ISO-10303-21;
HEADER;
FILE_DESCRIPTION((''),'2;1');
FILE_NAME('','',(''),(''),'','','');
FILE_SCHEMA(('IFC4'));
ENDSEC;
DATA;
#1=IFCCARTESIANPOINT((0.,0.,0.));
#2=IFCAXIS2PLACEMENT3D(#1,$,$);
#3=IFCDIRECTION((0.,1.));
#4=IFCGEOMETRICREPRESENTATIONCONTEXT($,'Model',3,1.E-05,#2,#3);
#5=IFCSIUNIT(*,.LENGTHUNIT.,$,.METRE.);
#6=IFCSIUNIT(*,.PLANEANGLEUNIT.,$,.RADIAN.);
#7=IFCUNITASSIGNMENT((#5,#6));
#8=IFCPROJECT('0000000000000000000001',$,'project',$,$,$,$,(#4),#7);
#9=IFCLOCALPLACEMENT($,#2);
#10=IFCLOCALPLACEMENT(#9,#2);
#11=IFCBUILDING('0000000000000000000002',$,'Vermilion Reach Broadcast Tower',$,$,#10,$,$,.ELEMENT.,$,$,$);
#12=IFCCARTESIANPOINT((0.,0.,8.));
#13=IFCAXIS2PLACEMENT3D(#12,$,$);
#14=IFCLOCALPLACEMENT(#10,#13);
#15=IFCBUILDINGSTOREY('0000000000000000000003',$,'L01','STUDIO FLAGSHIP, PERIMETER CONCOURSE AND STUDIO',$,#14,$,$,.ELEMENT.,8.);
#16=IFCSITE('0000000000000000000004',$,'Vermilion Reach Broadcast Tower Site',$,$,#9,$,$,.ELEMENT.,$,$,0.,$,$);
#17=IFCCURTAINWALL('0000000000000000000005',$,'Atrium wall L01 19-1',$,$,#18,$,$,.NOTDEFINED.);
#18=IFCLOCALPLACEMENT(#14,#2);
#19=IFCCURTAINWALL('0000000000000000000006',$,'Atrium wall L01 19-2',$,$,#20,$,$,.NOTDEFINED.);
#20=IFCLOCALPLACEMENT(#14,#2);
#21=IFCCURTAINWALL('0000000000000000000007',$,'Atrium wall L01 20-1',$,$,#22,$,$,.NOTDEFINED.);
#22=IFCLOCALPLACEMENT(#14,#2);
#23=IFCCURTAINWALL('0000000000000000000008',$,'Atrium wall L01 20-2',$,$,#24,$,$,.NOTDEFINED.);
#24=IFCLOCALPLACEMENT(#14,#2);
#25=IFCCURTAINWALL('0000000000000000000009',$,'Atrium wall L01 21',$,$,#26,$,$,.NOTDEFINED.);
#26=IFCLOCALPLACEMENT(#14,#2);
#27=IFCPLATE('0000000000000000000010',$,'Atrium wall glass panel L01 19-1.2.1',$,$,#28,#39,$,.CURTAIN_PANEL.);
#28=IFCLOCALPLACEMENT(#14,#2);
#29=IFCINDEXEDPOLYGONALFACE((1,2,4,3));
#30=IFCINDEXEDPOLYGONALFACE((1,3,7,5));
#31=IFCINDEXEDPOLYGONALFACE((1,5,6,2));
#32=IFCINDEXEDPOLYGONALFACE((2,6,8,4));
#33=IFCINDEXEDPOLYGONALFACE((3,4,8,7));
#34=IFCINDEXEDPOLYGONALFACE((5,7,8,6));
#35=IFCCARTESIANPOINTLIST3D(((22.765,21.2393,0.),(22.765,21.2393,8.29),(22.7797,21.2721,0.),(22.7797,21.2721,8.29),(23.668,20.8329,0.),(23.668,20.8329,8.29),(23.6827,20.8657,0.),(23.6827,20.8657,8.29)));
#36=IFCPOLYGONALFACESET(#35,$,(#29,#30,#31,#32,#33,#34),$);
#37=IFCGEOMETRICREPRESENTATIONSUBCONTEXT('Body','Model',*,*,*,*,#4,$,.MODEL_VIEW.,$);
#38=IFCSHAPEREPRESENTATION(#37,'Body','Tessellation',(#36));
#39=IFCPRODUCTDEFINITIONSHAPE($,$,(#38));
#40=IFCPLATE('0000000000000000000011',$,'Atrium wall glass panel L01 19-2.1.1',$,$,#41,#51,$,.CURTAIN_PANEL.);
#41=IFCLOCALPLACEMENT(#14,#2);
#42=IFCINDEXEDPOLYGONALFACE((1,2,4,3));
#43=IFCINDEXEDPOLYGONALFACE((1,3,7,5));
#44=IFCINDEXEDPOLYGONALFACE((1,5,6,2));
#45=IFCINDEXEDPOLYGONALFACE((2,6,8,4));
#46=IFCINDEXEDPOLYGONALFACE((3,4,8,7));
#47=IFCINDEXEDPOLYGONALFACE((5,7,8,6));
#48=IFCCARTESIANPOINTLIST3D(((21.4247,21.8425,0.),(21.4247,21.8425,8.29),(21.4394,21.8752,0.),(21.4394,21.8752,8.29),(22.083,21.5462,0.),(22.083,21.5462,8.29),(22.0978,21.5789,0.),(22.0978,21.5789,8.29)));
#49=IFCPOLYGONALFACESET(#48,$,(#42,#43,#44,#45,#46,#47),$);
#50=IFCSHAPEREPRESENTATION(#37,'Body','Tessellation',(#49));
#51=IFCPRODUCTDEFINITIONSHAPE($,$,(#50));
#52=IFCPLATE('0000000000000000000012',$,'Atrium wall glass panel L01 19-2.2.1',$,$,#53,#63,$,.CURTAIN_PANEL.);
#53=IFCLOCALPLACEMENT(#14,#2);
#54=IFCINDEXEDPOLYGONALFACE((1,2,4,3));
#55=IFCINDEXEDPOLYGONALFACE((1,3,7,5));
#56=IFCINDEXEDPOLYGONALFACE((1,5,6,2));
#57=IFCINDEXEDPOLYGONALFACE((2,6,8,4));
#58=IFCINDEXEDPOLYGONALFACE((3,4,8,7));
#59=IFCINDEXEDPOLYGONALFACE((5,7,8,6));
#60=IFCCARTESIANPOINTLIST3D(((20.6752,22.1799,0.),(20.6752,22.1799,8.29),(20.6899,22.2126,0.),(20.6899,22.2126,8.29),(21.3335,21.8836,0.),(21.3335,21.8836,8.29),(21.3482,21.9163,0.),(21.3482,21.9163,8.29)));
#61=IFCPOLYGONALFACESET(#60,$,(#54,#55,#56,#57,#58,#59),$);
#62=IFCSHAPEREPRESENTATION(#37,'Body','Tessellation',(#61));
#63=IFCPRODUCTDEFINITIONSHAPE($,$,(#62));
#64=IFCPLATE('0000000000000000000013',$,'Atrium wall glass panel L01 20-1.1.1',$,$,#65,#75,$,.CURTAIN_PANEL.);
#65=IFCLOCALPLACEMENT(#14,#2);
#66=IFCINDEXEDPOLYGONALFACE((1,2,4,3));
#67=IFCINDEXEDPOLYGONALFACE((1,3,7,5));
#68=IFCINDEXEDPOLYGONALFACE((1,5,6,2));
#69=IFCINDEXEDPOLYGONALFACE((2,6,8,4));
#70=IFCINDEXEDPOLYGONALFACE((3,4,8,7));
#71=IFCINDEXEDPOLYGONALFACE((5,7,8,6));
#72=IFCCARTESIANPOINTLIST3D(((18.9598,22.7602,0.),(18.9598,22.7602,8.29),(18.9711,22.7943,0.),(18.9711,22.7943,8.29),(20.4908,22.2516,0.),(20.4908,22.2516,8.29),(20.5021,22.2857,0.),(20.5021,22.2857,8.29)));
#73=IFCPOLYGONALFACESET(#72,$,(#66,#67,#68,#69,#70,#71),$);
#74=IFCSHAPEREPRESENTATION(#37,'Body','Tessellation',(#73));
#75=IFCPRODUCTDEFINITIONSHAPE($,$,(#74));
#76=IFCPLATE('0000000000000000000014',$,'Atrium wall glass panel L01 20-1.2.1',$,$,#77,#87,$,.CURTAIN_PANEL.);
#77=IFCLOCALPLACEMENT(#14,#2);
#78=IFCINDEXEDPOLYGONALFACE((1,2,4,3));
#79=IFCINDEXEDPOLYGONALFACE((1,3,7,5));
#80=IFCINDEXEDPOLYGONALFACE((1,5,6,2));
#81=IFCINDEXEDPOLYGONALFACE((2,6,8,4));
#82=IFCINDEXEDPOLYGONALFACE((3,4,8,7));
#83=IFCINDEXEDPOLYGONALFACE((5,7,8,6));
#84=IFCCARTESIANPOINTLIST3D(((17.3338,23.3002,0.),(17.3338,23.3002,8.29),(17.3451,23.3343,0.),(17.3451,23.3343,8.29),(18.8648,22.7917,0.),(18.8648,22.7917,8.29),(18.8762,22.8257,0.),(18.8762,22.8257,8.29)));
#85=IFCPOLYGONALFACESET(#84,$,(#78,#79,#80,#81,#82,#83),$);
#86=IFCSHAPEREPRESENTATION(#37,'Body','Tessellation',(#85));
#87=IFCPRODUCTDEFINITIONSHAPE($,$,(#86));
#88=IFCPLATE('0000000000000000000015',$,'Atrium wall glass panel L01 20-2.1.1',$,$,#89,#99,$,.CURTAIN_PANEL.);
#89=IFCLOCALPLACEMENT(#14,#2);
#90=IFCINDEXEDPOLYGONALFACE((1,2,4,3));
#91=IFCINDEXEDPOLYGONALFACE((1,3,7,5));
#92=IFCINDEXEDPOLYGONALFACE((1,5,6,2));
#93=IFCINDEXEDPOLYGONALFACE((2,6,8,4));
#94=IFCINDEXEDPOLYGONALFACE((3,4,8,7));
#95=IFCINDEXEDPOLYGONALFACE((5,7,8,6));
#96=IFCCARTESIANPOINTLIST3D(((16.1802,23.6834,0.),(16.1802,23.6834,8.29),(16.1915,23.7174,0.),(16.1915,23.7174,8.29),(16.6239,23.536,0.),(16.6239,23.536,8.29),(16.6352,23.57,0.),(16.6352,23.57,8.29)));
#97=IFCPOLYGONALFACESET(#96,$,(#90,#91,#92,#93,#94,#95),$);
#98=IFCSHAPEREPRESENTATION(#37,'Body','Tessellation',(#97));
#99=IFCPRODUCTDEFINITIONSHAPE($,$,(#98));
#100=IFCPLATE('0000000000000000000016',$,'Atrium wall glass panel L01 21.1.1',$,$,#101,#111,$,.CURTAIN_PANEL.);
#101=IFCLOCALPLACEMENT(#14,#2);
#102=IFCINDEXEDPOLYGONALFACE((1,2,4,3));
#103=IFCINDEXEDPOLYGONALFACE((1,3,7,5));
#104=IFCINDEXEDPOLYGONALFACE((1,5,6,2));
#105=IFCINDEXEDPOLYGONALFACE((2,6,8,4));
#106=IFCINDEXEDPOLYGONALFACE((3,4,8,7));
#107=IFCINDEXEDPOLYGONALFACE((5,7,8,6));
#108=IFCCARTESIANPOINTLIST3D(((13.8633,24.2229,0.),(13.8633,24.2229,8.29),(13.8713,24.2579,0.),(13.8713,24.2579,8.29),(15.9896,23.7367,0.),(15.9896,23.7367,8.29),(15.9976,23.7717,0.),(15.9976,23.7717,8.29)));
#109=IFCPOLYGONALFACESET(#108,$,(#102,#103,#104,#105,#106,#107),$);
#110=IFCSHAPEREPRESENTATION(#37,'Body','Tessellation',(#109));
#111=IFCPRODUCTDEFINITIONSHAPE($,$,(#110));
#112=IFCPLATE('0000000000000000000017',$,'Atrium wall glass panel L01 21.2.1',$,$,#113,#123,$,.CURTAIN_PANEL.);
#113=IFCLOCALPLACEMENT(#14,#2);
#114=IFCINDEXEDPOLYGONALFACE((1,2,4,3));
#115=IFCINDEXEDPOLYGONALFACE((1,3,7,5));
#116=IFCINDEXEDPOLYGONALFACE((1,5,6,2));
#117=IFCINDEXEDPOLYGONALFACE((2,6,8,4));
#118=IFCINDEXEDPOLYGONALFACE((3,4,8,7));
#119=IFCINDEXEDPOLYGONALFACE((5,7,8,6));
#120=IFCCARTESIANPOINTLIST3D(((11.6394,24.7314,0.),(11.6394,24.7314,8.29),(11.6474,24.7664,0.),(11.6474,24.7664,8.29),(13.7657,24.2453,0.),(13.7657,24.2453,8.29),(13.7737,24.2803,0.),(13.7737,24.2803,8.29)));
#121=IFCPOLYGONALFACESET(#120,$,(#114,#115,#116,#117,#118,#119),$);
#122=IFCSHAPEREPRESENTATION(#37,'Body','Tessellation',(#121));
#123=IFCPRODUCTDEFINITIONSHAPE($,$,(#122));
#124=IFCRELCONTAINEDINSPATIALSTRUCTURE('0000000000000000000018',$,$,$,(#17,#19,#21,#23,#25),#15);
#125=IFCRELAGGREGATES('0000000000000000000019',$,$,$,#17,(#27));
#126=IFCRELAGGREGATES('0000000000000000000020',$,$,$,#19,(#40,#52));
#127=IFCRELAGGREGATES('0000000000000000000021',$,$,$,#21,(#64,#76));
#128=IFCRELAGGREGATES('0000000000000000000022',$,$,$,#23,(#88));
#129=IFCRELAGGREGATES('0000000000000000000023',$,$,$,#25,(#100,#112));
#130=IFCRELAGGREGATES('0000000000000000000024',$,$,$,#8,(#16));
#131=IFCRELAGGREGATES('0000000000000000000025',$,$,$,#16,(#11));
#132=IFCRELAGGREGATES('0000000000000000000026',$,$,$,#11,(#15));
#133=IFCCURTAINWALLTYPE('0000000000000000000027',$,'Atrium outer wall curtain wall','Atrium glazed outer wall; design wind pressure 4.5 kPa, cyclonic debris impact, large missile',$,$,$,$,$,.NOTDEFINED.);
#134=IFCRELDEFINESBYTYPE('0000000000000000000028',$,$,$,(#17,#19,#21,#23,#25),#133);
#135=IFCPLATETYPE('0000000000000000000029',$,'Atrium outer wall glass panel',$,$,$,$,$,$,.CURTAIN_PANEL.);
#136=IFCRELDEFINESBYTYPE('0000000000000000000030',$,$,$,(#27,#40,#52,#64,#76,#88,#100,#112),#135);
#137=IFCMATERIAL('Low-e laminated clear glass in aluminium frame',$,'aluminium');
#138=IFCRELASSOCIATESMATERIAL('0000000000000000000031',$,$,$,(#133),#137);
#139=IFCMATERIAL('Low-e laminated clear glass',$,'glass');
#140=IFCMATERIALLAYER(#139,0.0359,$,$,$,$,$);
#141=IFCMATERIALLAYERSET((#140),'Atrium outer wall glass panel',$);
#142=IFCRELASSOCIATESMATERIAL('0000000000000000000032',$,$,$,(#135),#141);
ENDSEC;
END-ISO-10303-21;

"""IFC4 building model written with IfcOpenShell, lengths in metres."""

from ifc_helpers import new_model, si_unit, direction, frame, origin, origin_2d, place, context, subcontext, project, spatial, rectangle, extrude, material, layer, layer_set, type_object, element, aggregate, save


model = new_model("IFC4")

# Units and contexts
model_context = context("Model", 3, precision=1e-05, world=origin(), true_north=direction((0.0, 1.0)))
body_context = subcontext(model_context, "Body", "Model", "MODEL_VIEW")
ifc_project = project(units=[si_unit("LENGTHUNIT", "METRE"), si_unit("PLANEANGLEUNIT", "RADIAN")], contexts=[model_context])

# Site, building, storey
site_placement = place(None, origin())
site = spatial("IfcSite", under=ifc_project, at=site_placement, Name="Vermilion Reach Broadcast Tower Site", CompositionType="ELEMENT", RefElevation=0.0)
building_placement = place(site_placement, origin())
building = spatial("IfcBuilding", under=site, at=building_placement, Name="Vermilion Reach Broadcast Tower", CompositionType="ELEMENT")
storey_placement = place(building_placement, frame((0.0, 0.0, 8.0)))
storey = spatial("IfcBuildingStorey", under=building, at=storey_placement, Name="L01", Description="STUDIO FLAGSHIP, PERIMETER CONCOURSE AND STUDIO", CompositionType="ELEMENT", Elevation=8.0)

# Curtain wall
ifc_material_1 = material(Name="Low-e laminated clear glass in aluminium frame", Category="aluminium")
curtain_wall_type = type_object("IfcCurtainWallType", Name="Atrium outer wall curtain wall", Description="Atrium glazed outer wall; design wind pressure 4.5 kPa, cyclonic debris impact, large missile", PredefinedType="NOTDEFINED", material=ifc_material_1)
placement = place(storey_placement, origin())
curtain_wall_1 = element("IfcCurtainWall", 1, at=placement, inside=storey, type_object=curtain_wall_type, Name="Atrium wall L01 19-1", PredefinedType="NOTDEFINED")

# Curtain walls
curtain_wall_2 = element("IfcCurtainWall", 2, at=placement, inside=storey, type_object=curtain_wall_type, Name="Atrium wall L01 19-2", PredefinedType="NOTDEFINED")
curtain_wall_3 = element("IfcCurtainWall", 3, at=placement, inside=storey, type_object=curtain_wall_type, Name="Atrium wall L01 20-1", PredefinedType="NOTDEFINED")
curtain_wall_4 = element("IfcCurtainWall", 4, at=placement, inside=storey, type_object=curtain_wall_type, Name="Atrium wall L01 20-2", PredefinedType="NOTDEFINED")
curtain_wall_5 = element("IfcCurtainWall", 5, at=placement, inside=storey, type_object=curtain_wall_type, Name="Atrium wall L01 21", PredefinedType="NOTDEFINED")

# Plates
ifc_material_2 = material(Name="Low-e laminated clear glass", Category="glass")
ifc_layer = layer(ifc_material_2, 0.0359)
ifc_layer_set = layer_set([ifc_layer], Name="Atrium outer wall glass panel")
plate_type = type_object("IfcPlateType", Name="Atrium outer wall glass panel", PredefinedType="CURTAIN_PANEL", material=ifc_layer_set)
plate_1_placement = place(storey_placement, frame((23.2239, 21.0525, 0.0), z_axis=(0.0, 0.0, 1.0), x_axis=(-0.911902, 0.410408, 0.0)))
plate_1 = element("IfcPlate", 6, at=plate_1_placement, type_object=plate_type, Name="Atrium wall glass panel L01 19-1.2.1", PredefinedType="CURTAIN_PANEL", context=body_context, shape_type="SweptSolid", body=[
    extrude(rectangle(XDim=0.9902, YDim=0.0359, at=origin_2d()), origin(), (0.0, 0.0, 1.0), 8.29),
])
aggregate(curtain_wall_1, [plate_1])
plate_2_placement = place(storey_placement, frame((21.7612, 21.7107, 0.0), z_axis=(0.0, 0.0, 1.0), x_axis=(-0.911902, 0.410408, 0.0)))
plate_2 = element("IfcPlate", 7, at=plate_2_placement, type_object=plate_type, Name="Atrium wall glass panel L01 19-2.1.1", PredefinedType="CURTAIN_PANEL", context=body_context, shape_type="SweptSolid", body=[
    extrude(rectangle(XDim=0.7219, YDim=0.0359, at=origin_2d()), origin(), (0.0, 0.0, 1.0), 8.29),
])
plate_3_placement = place(storey_placement, frame((21.0117, 22.0481, 0.0), z_axis=(0.0, 0.0, 1.0), x_axis=(-0.911902, 0.410408, 0.0)))
plate_3 = element("IfcPlate", 8, at=plate_3_placement, type_object=plate_type, Name="Atrium wall glass panel L01 19-2.2.1", PredefinedType="CURTAIN_PANEL", context=body_context, shape_type="SweptSolid", body=[
    extrude(rectangle(XDim=0.7219, YDim=0.0359, at=origin_2d()), origin(), (0.0, 0.0, 1.0), 8.29),
])
aggregate(curtain_wall_2, [plate_2, plate_3])
plate_4_placement = place(storey_placement, frame((19.731, 22.5229, 0.0), z_axis=(0.0, 0.0, 1.0), x_axis=(-0.949016, 0.315228, 0.0)))
plate_4 = element("IfcPlate", 9, at=plate_4_placement, type_object=plate_type, Name="Atrium wall glass panel L01 20-1.1.1", PredefinedType="CURTAIN_PANEL", context=body_context, shape_type="SweptSolid", body=[
    extrude(rectangle(XDim=1.6133, YDim=0.0359, at=origin_2d()), origin(), (0.0, 0.0, 1.0), 8.29),
])
plate_5_placement = place(storey_placement, frame((18.105, 23.063, 0.0), z_axis=(0.0, 0.0, 1.0), x_axis=(-0.949016, 0.315228, 0.0)))
plate_5 = element("IfcPlate", 10, at=plate_5_placement, type_object=plate_type, Name="Atrium wall glass panel L01 20-1.2.1", PredefinedType="CURTAIN_PANEL", context=body_context, shape_type="SweptSolid", body=[
    extrude(rectangle(XDim=1.6133, YDim=0.0359, at=origin_2d()), origin(), (0.0, 0.0, 1.0), 8.29),
])
aggregate(curtain_wall_3, [plate_4, plate_5])
plate_6_placement = place(storey_placement, frame((16.4077, 23.6267, 0.0), z_axis=(0.0, 0.0, 1.0), x_axis=(-0.949016, 0.315228, 0.0)))
plate_6 = element("IfcPlate", 11, at=plate_6_placement, type_object=plate_type, Name="Atrium wall glass panel L01 20-2.1.1", PredefinedType="CURTAIN_PANEL", context=body_context, shape_type="SweptSolid", body=[
    extrude(rectangle(XDim=0.4675, YDim=0.0359, at=origin_2d()), origin(), (0.0, 0.0, 1.0), 8.29),
])
aggregate(curtain_wall_4, [plate_6])
plate_7_placement = place(storey_placement, frame((14.9304, 23.9973, 0.0), z_axis=(0.0, 0.0, 1.0), x_axis=(-0.974843, 0.222892, 0.0)))
plate_7 = element("IfcPlate", 12, at=plate_7_placement, type_object=plate_type, Name="Atrium wall glass panel L01 21.1.1", PredefinedType="CURTAIN_PANEL", context=body_context, shape_type="SweptSolid", body=[
    extrude(rectangle(XDim=2.1812, YDim=0.0359, at=origin_2d()), origin(), (0.0, 0.0, 1.0), 8.29),
])
plate_8_placement = place(storey_placement, frame((12.7065, 24.5059, 0.0), z_axis=(0.0, 0.0, 1.0), x_axis=(-0.974843, 0.222892, 0.0)))
plate_8 = element("IfcPlate", 13, at=plate_8_placement, type_object=plate_type, Name="Atrium wall glass panel L01 21.2.1", PredefinedType="CURTAIN_PANEL", context=body_context, shape_type="SweptSolid", body=[
    extrude(rectangle(XDim=2.1812, YDim=0.0359, at=origin_2d()), origin(), (0.0, 0.0, 1.0), 8.29),
])
aggregate(curtain_wall_5, [plate_7, plate_8])

save(model, "model.ifc")
